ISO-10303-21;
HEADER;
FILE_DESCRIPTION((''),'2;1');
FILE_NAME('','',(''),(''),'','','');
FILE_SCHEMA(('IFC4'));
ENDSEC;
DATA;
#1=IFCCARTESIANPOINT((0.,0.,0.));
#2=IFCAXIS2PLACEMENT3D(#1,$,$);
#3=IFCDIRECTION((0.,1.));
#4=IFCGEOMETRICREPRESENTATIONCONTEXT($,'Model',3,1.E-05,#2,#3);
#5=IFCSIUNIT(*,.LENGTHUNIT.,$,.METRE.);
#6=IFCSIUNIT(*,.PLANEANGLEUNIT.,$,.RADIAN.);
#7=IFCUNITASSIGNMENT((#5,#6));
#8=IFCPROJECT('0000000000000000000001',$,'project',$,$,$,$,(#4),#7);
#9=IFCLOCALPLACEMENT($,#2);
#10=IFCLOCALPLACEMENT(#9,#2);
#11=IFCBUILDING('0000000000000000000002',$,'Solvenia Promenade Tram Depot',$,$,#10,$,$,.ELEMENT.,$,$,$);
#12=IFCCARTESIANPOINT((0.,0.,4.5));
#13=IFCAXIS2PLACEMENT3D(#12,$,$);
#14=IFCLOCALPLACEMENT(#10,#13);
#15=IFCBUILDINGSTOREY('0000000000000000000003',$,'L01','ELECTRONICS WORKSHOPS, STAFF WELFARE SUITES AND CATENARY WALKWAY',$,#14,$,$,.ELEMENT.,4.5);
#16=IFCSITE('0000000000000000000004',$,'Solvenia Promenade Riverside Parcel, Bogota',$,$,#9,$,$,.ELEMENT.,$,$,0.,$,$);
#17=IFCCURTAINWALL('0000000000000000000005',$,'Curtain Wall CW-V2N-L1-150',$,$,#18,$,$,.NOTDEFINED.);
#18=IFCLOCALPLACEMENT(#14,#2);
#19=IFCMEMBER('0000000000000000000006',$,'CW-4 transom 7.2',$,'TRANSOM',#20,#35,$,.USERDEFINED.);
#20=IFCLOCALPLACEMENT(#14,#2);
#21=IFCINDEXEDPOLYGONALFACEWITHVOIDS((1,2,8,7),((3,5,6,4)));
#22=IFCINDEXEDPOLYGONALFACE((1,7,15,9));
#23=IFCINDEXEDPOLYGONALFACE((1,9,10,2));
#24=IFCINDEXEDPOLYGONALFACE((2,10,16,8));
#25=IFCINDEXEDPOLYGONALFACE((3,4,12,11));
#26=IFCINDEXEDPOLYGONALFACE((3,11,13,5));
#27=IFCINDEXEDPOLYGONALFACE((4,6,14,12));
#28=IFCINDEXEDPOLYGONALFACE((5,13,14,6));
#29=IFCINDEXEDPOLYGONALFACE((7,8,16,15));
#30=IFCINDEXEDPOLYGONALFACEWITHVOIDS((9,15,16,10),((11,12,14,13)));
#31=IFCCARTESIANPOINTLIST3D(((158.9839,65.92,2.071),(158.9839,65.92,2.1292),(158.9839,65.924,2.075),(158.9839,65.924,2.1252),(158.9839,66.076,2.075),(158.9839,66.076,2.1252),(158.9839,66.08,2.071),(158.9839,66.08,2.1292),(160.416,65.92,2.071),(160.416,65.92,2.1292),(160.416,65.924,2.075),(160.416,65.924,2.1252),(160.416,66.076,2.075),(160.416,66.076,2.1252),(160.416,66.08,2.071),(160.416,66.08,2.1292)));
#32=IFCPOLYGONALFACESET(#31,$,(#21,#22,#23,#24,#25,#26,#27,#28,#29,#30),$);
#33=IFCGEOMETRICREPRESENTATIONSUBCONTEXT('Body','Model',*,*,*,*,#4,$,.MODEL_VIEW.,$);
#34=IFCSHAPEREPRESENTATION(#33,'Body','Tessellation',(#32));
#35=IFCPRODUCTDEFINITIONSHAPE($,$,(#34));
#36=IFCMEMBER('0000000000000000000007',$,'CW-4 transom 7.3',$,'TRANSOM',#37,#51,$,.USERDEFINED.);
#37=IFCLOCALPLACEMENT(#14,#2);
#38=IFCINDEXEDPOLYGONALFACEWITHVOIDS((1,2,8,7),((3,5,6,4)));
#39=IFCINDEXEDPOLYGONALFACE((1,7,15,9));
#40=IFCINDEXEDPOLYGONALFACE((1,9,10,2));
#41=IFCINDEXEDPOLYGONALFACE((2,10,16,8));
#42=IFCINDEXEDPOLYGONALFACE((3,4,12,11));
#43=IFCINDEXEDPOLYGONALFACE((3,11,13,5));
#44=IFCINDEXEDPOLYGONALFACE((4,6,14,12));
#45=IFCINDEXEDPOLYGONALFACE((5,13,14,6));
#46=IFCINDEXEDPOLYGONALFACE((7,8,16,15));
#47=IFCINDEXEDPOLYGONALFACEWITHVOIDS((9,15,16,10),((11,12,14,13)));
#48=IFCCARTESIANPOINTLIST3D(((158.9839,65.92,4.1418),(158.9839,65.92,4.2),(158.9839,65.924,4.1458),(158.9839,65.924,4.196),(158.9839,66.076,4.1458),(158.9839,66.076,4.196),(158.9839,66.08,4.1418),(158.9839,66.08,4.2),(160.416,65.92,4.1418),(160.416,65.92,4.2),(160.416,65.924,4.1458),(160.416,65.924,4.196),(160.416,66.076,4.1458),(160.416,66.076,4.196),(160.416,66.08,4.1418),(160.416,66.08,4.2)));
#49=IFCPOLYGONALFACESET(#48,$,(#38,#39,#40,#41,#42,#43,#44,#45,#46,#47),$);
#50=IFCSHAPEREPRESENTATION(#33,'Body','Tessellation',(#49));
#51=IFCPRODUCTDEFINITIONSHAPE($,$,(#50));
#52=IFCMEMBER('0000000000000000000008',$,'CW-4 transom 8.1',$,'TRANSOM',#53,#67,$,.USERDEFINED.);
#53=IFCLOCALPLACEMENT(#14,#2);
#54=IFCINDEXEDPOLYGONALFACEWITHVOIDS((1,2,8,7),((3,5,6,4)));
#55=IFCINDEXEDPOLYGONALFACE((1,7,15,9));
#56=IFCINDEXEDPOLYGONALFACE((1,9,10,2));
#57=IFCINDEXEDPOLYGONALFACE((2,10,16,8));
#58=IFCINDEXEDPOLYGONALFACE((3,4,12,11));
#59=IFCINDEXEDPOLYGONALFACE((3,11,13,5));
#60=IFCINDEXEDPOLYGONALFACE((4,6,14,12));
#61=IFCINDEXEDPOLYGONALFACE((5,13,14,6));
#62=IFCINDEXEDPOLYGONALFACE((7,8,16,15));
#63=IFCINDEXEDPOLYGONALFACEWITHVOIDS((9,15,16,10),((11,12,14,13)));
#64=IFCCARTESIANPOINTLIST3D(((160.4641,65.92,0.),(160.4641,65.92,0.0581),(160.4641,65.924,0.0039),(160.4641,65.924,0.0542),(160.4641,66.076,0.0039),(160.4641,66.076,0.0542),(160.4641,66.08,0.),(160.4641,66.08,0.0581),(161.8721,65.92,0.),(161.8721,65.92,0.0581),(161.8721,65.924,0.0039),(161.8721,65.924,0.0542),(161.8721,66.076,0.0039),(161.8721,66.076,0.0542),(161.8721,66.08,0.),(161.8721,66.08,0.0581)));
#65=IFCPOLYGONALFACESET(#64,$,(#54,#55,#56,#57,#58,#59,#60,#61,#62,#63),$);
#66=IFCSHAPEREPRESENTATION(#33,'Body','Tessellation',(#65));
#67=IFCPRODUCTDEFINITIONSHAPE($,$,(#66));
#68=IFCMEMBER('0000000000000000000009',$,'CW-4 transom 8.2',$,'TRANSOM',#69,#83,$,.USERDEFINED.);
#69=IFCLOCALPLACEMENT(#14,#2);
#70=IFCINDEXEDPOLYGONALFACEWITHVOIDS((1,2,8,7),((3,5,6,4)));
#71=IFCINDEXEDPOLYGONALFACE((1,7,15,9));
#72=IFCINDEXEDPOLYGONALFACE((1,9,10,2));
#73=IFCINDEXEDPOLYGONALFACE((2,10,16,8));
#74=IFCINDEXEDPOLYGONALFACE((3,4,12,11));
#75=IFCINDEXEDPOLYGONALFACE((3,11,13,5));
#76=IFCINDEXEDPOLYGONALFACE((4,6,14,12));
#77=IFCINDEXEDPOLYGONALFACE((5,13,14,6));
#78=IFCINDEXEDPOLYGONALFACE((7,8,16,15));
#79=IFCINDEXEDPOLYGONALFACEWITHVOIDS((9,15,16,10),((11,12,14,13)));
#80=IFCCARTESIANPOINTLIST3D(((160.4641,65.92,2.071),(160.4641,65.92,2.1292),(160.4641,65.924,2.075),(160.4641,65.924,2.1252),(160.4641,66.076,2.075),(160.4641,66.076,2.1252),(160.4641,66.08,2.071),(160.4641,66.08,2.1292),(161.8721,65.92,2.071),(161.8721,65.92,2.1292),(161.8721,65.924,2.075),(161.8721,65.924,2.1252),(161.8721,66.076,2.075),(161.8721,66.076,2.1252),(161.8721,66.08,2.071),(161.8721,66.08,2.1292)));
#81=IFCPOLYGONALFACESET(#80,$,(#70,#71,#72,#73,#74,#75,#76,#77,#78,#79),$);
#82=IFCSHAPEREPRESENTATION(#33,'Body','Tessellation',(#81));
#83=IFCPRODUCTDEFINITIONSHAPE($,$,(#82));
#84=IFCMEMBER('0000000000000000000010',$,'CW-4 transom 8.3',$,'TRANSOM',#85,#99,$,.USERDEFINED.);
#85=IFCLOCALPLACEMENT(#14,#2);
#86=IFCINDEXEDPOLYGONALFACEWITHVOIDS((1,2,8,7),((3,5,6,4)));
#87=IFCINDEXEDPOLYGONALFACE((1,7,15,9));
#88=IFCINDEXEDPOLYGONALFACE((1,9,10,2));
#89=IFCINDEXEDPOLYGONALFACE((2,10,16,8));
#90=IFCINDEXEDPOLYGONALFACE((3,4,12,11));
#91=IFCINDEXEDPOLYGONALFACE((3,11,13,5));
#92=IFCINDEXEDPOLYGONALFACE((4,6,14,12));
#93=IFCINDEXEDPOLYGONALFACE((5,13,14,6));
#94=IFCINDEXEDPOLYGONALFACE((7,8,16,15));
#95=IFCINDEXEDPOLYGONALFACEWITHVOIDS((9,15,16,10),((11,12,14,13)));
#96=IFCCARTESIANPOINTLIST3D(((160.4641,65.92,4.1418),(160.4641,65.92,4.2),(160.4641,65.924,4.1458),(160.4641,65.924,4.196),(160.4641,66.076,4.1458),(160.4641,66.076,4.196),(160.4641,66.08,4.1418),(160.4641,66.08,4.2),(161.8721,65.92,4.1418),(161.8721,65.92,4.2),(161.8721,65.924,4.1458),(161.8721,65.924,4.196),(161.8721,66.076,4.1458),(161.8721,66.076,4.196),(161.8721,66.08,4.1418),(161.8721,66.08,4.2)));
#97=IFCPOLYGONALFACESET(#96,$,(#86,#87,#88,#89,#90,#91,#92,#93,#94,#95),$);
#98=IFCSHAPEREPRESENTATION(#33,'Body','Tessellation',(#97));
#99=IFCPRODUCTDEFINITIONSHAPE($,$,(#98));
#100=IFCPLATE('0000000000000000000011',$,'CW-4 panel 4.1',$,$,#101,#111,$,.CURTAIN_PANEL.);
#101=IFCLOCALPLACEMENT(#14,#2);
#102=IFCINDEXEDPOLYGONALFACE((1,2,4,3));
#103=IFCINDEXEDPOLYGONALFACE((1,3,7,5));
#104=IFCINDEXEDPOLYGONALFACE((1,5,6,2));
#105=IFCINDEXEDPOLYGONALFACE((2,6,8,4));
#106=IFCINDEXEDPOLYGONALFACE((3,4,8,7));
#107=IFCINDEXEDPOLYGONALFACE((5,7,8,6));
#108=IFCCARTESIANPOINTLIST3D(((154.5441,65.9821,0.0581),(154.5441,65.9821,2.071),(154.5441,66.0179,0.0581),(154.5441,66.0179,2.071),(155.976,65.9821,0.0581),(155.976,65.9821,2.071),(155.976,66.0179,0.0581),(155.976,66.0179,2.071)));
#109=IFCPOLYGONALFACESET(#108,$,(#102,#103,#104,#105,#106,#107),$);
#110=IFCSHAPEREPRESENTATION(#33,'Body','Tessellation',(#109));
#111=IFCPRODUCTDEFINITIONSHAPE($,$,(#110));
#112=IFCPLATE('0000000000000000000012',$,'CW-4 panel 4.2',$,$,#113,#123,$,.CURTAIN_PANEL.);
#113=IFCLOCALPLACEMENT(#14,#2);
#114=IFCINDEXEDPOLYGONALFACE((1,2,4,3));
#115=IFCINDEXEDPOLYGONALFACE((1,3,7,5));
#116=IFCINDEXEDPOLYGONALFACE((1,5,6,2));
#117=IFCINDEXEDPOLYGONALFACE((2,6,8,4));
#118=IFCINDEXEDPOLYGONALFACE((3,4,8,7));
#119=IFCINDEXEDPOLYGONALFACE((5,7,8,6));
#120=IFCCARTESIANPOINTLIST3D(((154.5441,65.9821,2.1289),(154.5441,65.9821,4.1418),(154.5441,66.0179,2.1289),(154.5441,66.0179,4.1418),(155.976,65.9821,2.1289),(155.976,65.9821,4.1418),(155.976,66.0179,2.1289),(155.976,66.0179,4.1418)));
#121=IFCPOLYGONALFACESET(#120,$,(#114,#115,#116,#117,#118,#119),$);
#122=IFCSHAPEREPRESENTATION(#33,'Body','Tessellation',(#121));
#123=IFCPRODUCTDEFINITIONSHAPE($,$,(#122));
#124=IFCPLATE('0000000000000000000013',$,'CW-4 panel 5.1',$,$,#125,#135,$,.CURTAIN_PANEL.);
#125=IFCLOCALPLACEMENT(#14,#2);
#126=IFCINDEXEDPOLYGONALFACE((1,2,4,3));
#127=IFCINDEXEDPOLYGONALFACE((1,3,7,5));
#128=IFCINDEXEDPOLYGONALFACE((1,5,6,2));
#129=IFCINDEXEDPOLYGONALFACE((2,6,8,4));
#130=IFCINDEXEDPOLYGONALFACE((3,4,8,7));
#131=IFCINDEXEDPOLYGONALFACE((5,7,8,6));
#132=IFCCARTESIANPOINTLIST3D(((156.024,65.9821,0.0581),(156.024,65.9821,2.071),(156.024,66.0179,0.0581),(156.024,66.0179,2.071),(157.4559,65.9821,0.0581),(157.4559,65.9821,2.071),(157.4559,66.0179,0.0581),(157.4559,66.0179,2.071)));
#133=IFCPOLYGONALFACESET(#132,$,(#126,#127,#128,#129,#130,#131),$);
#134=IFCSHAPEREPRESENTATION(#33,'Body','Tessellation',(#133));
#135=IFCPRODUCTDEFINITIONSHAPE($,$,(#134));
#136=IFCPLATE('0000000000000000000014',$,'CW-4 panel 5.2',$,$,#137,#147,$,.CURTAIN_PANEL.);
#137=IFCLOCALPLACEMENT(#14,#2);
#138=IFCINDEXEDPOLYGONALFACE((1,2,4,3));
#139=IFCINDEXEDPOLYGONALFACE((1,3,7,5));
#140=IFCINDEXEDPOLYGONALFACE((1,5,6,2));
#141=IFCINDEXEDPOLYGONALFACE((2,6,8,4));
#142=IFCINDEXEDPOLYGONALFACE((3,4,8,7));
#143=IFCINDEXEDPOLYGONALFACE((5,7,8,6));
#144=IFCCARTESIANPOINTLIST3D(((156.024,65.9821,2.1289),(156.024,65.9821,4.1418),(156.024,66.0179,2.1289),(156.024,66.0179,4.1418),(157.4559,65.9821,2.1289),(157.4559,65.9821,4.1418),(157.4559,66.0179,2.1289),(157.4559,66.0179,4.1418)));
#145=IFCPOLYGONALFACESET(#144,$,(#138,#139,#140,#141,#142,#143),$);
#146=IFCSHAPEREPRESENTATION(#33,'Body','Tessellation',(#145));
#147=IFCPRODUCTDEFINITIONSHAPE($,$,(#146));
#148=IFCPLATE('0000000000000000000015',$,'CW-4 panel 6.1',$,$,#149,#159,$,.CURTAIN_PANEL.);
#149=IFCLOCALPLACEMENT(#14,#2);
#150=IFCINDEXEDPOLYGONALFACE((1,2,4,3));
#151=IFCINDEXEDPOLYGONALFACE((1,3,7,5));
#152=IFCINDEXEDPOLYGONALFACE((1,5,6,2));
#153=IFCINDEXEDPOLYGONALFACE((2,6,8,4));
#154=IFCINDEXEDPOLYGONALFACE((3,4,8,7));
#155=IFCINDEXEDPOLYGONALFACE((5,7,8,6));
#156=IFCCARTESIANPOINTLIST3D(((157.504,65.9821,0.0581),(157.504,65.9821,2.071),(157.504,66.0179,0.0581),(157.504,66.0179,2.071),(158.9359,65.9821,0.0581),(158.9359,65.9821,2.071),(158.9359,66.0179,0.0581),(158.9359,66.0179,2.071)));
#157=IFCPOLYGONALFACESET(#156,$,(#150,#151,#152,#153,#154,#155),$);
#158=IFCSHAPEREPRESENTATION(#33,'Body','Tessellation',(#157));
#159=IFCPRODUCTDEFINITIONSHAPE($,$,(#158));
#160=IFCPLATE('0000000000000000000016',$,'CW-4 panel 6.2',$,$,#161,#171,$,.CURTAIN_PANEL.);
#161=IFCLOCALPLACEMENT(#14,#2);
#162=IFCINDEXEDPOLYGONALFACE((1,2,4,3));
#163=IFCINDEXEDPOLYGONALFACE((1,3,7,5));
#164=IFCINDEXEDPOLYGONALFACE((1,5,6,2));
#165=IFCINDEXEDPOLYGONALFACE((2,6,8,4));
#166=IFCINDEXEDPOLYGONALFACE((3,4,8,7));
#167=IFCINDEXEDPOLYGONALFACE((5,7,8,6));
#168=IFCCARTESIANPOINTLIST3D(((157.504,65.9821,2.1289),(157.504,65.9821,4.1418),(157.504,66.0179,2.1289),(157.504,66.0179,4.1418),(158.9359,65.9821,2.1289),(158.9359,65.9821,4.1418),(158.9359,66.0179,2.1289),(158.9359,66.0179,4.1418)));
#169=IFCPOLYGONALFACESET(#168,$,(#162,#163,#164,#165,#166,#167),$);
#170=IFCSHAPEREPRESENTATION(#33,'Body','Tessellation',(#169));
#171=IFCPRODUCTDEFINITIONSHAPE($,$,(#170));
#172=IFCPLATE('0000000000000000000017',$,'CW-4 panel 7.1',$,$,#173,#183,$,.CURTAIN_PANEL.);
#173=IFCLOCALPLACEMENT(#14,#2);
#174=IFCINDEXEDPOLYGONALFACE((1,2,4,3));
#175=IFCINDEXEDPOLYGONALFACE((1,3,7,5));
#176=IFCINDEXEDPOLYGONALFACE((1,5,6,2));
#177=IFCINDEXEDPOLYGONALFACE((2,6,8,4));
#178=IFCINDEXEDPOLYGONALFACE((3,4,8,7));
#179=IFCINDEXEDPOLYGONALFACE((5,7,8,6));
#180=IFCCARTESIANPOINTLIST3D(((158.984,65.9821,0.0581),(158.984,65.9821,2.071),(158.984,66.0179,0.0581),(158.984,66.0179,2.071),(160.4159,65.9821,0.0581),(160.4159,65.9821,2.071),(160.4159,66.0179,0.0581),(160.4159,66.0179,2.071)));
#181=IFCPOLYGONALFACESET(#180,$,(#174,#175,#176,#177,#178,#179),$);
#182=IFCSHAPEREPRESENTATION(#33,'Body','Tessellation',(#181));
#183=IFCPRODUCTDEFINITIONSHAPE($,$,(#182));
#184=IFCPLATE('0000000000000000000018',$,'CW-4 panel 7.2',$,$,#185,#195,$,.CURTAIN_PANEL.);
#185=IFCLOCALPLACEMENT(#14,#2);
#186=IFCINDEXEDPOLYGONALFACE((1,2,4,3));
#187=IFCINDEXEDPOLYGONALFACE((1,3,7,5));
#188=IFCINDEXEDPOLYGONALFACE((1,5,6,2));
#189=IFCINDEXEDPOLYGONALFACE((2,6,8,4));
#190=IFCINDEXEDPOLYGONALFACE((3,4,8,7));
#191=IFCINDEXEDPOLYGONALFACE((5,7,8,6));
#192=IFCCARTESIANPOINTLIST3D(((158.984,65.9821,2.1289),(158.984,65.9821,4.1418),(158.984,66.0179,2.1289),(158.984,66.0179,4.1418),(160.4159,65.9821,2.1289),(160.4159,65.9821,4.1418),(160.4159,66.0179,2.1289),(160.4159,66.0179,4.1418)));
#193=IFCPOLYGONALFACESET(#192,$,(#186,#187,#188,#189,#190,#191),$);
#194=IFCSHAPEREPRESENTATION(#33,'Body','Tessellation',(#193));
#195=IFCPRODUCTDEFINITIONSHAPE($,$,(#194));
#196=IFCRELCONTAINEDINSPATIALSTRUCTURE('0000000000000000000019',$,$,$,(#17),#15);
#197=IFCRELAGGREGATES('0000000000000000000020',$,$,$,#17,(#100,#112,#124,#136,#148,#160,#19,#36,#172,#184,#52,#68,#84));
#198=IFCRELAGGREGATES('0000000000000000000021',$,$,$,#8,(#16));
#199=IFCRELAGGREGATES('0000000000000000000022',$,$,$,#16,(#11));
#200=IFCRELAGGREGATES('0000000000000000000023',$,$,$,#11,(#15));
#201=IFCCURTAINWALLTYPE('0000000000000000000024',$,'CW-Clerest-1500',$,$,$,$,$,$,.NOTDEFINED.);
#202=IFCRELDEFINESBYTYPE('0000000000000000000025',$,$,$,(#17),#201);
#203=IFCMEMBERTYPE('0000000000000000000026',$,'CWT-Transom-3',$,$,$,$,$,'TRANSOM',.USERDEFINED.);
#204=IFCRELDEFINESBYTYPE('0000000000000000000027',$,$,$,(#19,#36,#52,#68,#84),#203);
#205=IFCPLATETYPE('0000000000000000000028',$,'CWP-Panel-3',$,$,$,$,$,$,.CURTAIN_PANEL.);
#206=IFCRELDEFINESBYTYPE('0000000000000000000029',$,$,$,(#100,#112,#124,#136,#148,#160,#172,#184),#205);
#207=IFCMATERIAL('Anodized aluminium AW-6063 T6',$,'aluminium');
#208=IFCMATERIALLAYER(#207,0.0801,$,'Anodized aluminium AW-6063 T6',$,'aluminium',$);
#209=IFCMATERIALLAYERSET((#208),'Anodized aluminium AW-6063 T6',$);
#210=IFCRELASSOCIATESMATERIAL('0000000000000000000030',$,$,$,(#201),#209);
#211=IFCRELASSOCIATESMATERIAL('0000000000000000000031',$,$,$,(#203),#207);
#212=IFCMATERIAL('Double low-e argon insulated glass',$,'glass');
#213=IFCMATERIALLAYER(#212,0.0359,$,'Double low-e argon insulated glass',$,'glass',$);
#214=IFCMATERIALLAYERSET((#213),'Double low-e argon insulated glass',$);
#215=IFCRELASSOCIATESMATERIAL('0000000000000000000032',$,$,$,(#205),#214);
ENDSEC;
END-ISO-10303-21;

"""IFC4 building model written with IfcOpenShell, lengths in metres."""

from ifc_helpers import new_model, si_unit, direction, frame, origin, origin_2d, place, context, subcontext, project, spatial, rectangle, hollow_rectangle, extrude, material, layer, layer_set, material_profile, profile_set, type_object, element, aggregate, save


model = new_model("IFC4")

# Units and contexts
model_context = context("Model", 3, precision=1e-05, world=origin(), true_north=direction((0.0, 1.0)))
body_context = subcontext(model_context, "Body", "Model", "MODEL_VIEW")
ifc_project = project(units=[si_unit("LENGTHUNIT", "METRE"), si_unit("PLANEANGLEUNIT", "RADIAN")], contexts=[model_context])

# Site, building, storey
site_placement = place(None, origin())
site = spatial("IfcSite", under=ifc_project, at=site_placement, Name="Solvenia Promenade Riverside Parcel, Bogota", CompositionType="ELEMENT", RefElevation=0.0)
building_placement = place(site_placement, origin())
building = spatial("IfcBuilding", under=site, at=building_placement, Name="Solvenia Promenade Tram Depot", CompositionType="ELEMENT")
storey_placement = place(building_placement, frame((0.0, 0.0, 4.5)))
storey = spatial("IfcBuildingStorey", under=building, at=storey_placement, Name="L01", Description="ELECTRONICS WORKSHOPS, STAFF WELFARE SUITES AND CATENARY WALKWAY", CompositionType="ELEMENT", Elevation=4.5)

# Curtain wall, members, plates
ifc_material_1 = material(Name="Anodized aluminium AW-6063 T6", Category="aluminium")
ifc_layer_1 = layer(ifc_material_1, 0.0801, Name="Anodized aluminium AW-6063 T6", Category="aluminium")
ifc_layer_set_1 = layer_set([ifc_layer_1], Name="Anodized aluminium AW-6063 T6")
curtain_wall_type = type_object("IfcCurtainWallType", Name="CW-Clerest-1500", PredefinedType="NOTDEFINED", material=ifc_layer_set_1)
curtain_wall_placement = place(storey_placement, origin())
curtain_wall = element("IfcCurtainWall", 1, at=curtain_wall_placement, inside=storey, type_object=curtain_wall_type, Name="Curtain Wall CW-V2N-L1-150", PredefinedType="NOTDEFINED")
ifc_material_profile_1 = material_profile(ifc_material_1, hollow_rectangle(XDim=0.1599, YDim=0.0581, WallThickness=0.0039, at=origin_2d()), Name="ALU-T3", Category="aluminium")
ifc_profile_set_1 = profile_set([ifc_material_profile_1], Name="Anodized aluminium AW-6063 T6")
member_type_1 = type_object("IfcMemberType", Name="CWT-Transom-3", ElementType="TRANSOM", PredefinedType="USERDEFINED", material=ifc_profile_set_1)
member_1_placement = place(storey_placement, frame((158.9839, 66.0, 2.1001), z_axis=(1.0, 0.0, 0.0), x_axis=(0.0, 1.0, 0.0)))
member_1 = element("IfcMember", 2, at=member_1_placement, type_object=member_type_1, Name="CW-4 transom 7.2", ObjectType="TRANSOM", PredefinedType="USERDEFINED", context=body_context, shape_type="SweptSolid", body=[
    extrude(hollow_rectangle(XDim=0.1599, YDim=0.0581, WallThickness=0.0039, at=origin_2d()), origin(), (0.0, 0.0, 1.0), 1.4321),
])
member_2_placement = place(storey_placement, frame((158.9839, 66.0, 4.1709), z_axis=(1.0, 0.0, 0.0), x_axis=(0.0, 1.0, 0.0)))
member_2 = element("IfcMember", 3, at=member_2_placement, type_object=member_type_1, Name="CW-4 transom 7.3", ObjectType="TRANSOM", PredefinedType="USERDEFINED", context=body_context, shape_type="SweptSolid", body=[
    extrude(hollow_rectangle(XDim=0.1599, YDim=0.0581, WallThickness=0.0039, at=origin_2d()), origin(), (0.0, 0.0, 1.0), 1.4321),
])
member_3_placement = place(storey_placement, frame((160.4641, 66.0, 0.0291), z_axis=(1.0, 0.0, 0.0), x_axis=(0.0, 1.0, 0.0)))
member_3 = element("IfcMember", 4, at=member_3_placement, type_object=member_type_1, Name="CW-4 transom 8.1", ObjectType="TRANSOM", PredefinedType="USERDEFINED", context=body_context, shape_type="SweptSolid", body=[
    extrude(hollow_rectangle(XDim=0.1599, YDim=0.0581, WallThickness=0.0039, at=origin_2d()), origin(), (0.0, 0.0, 1.0), 1.408),
])
member_4_placement = place(storey_placement, frame((160.4641, 66.0, 2.1001), z_axis=(1.0, 0.0, 0.0), x_axis=(0.0, 1.0, 0.0)))
member_4 = element("IfcMember", 5, at=member_4_placement, type_object=member_type_1, Name="CW-4 transom 8.2", ObjectType="TRANSOM", PredefinedType="USERDEFINED", context=body_context, shape_type="SweptSolid", body=[
    extrude(hollow_rectangle(XDim=0.1599, YDim=0.0581, WallThickness=0.0039, at=origin_2d()), origin(), (0.0, 0.0, 1.0), 1.408),
])
member_5_placement = place(storey_placement, frame((160.4641, 66.0, 4.1709), z_axis=(1.0, 0.0, 0.0), x_axis=(0.0, 1.0, 0.0)))
member_5 = element("IfcMember", 6, at=member_5_placement, type_object=member_type_1, Name="CW-4 transom 8.3", ObjectType="TRANSOM", PredefinedType="USERDEFINED", context=body_context, shape_type="SweptSolid", body=[
    extrude(hollow_rectangle(XDim=0.1599, YDim=0.0581, WallThickness=0.0039, at=origin_2d()), origin(), (0.0, 0.0, 1.0), 1.408),
])
ifc_material_2 = material(Name="Double low-e argon insulated glass", Category="glass")
ifc_layer_2 = layer(ifc_material_2, 0.0359, Name="Double low-e argon insulated glass", Category="glass")
ifc_layer_set_2 = layer_set([ifc_layer_2], Name="Double low-e argon insulated glass")
plate_type = type_object("IfcPlateType", Name="CWP-Panel-3", PredefinedType="CURTAIN_PANEL", material=ifc_layer_set_2)
plate_1_placement = place(storey_placement, frame((155.26, 66.0, 0.0581), z_axis=(0.0, 0.0, 1.0), x_axis=(1.0, 0.0, 0.0)))
plate_1 = element("IfcPlate", 7, at=plate_1_placement, type_object=plate_type, Name="CW-4 panel 4.1", PredefinedType="CURTAIN_PANEL", context=body_context, shape_type="SweptSolid", body=[
    extrude(rectangle(XDim=1.4319, YDim=0.0359, at=origin_2d()), origin(), (0.0, 0.0, 1.0), 2.0129),
])
plate_2_placement = place(storey_placement, frame((155.26, 66.0, 2.1289), z_axis=(0.0, 0.0, 1.0), x_axis=(1.0, 0.0, 0.0)))
plate_2 = element("IfcPlate", 8, at=plate_2_placement, type_object=plate_type, Name="CW-4 panel 4.2", PredefinedType="CURTAIN_PANEL", context=body_context, shape_type="SweptSolid", body=[
    extrude(rectangle(XDim=1.4319, YDim=0.0359, at=origin_2d()), origin(), (0.0, 0.0, 1.0), 2.0129),
])
plate_3_placement = place(storey_placement, frame((156.74, 66.0, 0.0581), z_axis=(0.0, 0.0, 1.0), x_axis=(1.0, 0.0, 0.0)))
plate_3 = element("IfcPlate", 9, at=plate_3_placement, type_object=plate_type, Name="CW-4 panel 5.1", PredefinedType="CURTAIN_PANEL", context=body_context, shape_type="SweptSolid", body=[
    extrude(rectangle(XDim=1.4319, YDim=0.0359, at=origin_2d()), origin(), (0.0, 0.0, 1.0), 2.0129),
])
plate_4_placement = place(storey_placement, frame((156.74, 66.0, 2.1289), z_axis=(0.0, 0.0, 1.0), x_axis=(1.0, 0.0, 0.0)))
plate_4 = element("IfcPlate", 10, at=plate_4_placement, type_object=plate_type, Name="CW-4 panel 5.2", PredefinedType="CURTAIN_PANEL", context=body_context, shape_type="SweptSolid", body=[
    extrude(rectangle(XDim=1.4319, YDim=0.0359, at=origin_2d()), origin(), (0.0, 0.0, 1.0), 2.0129),
])
plate_5_placement = place(storey_placement, frame((158.22, 66.0, 0.0581), z_axis=(0.0, 0.0, 1.0), x_axis=(1.0, 0.0, 0.0)))
plate_5 = element("IfcPlate", 11, at=plate_5_placement, type_object=plate_type, Name="CW-4 panel 6.1", PredefinedType="CURTAIN_PANEL", context=body_context, shape_type="SweptSolid", body=[
    extrude(rectangle(XDim=1.4319, YDim=0.0359, at=origin_2d()), origin(), (0.0, 0.0, 1.0), 2.0129),
])
plate_6_placement = place(storey_placement, frame((158.22, 66.0, 2.1289), z_axis=(0.0, 0.0, 1.0), x_axis=(1.0, 0.0, 0.0)))
plate_6 = element("IfcPlate", 12, at=plate_6_placement, type_object=plate_type, Name="CW-4 panel 6.2", PredefinedType="CURTAIN_PANEL", context=body_context, shape_type="SweptSolid", body=[
    extrude(rectangle(XDim=1.4319, YDim=0.0359, at=origin_2d()), origin(), (0.0, 0.0, 1.0), 2.0129),
])
plate_7_placement = place(storey_placement, frame((159.7, 66.0, 0.0581), z_axis=(0.0, 0.0, 1.0), x_axis=(1.0, 0.0, 0.0)))
plate_7 = element("IfcPlate", 13, at=plate_7_placement, type_object=plate_type, Name="CW-4 panel 7.1", PredefinedType="CURTAIN_PANEL", context=body_context, shape_type="SweptSolid", body=[
    extrude(rectangle(XDim=1.4319, YDim=0.0359, at=origin_2d()), origin(), (0.0, 0.0, 1.0), 2.0129),
])
plate_8_placement = place(storey_placement, frame((159.7, 66.0, 2.1289), z_axis=(0.0, 0.0, 1.0), x_axis=(1.0, 0.0, 0.0)))
plate_8 = element("IfcPlate", 14, at=plate_8_placement, type_object=plate_type, Name="CW-4 panel 7.2", PredefinedType="CURTAIN_PANEL", context=body_context, shape_type="SweptSolid", body=[
    extrude(rectangle(XDim=1.4319, YDim=0.0359, at=origin_2d()), origin(), (0.0, 0.0, 1.0), 2.0129),
])
aggregate(curtain_wall, [plate_1, plate_2, plate_3, plate_4, plate_5, plate_6, member_1, member_2, plate_7, plate_8, member_3, member_4, member_5])

save(model, "model.ifc")
